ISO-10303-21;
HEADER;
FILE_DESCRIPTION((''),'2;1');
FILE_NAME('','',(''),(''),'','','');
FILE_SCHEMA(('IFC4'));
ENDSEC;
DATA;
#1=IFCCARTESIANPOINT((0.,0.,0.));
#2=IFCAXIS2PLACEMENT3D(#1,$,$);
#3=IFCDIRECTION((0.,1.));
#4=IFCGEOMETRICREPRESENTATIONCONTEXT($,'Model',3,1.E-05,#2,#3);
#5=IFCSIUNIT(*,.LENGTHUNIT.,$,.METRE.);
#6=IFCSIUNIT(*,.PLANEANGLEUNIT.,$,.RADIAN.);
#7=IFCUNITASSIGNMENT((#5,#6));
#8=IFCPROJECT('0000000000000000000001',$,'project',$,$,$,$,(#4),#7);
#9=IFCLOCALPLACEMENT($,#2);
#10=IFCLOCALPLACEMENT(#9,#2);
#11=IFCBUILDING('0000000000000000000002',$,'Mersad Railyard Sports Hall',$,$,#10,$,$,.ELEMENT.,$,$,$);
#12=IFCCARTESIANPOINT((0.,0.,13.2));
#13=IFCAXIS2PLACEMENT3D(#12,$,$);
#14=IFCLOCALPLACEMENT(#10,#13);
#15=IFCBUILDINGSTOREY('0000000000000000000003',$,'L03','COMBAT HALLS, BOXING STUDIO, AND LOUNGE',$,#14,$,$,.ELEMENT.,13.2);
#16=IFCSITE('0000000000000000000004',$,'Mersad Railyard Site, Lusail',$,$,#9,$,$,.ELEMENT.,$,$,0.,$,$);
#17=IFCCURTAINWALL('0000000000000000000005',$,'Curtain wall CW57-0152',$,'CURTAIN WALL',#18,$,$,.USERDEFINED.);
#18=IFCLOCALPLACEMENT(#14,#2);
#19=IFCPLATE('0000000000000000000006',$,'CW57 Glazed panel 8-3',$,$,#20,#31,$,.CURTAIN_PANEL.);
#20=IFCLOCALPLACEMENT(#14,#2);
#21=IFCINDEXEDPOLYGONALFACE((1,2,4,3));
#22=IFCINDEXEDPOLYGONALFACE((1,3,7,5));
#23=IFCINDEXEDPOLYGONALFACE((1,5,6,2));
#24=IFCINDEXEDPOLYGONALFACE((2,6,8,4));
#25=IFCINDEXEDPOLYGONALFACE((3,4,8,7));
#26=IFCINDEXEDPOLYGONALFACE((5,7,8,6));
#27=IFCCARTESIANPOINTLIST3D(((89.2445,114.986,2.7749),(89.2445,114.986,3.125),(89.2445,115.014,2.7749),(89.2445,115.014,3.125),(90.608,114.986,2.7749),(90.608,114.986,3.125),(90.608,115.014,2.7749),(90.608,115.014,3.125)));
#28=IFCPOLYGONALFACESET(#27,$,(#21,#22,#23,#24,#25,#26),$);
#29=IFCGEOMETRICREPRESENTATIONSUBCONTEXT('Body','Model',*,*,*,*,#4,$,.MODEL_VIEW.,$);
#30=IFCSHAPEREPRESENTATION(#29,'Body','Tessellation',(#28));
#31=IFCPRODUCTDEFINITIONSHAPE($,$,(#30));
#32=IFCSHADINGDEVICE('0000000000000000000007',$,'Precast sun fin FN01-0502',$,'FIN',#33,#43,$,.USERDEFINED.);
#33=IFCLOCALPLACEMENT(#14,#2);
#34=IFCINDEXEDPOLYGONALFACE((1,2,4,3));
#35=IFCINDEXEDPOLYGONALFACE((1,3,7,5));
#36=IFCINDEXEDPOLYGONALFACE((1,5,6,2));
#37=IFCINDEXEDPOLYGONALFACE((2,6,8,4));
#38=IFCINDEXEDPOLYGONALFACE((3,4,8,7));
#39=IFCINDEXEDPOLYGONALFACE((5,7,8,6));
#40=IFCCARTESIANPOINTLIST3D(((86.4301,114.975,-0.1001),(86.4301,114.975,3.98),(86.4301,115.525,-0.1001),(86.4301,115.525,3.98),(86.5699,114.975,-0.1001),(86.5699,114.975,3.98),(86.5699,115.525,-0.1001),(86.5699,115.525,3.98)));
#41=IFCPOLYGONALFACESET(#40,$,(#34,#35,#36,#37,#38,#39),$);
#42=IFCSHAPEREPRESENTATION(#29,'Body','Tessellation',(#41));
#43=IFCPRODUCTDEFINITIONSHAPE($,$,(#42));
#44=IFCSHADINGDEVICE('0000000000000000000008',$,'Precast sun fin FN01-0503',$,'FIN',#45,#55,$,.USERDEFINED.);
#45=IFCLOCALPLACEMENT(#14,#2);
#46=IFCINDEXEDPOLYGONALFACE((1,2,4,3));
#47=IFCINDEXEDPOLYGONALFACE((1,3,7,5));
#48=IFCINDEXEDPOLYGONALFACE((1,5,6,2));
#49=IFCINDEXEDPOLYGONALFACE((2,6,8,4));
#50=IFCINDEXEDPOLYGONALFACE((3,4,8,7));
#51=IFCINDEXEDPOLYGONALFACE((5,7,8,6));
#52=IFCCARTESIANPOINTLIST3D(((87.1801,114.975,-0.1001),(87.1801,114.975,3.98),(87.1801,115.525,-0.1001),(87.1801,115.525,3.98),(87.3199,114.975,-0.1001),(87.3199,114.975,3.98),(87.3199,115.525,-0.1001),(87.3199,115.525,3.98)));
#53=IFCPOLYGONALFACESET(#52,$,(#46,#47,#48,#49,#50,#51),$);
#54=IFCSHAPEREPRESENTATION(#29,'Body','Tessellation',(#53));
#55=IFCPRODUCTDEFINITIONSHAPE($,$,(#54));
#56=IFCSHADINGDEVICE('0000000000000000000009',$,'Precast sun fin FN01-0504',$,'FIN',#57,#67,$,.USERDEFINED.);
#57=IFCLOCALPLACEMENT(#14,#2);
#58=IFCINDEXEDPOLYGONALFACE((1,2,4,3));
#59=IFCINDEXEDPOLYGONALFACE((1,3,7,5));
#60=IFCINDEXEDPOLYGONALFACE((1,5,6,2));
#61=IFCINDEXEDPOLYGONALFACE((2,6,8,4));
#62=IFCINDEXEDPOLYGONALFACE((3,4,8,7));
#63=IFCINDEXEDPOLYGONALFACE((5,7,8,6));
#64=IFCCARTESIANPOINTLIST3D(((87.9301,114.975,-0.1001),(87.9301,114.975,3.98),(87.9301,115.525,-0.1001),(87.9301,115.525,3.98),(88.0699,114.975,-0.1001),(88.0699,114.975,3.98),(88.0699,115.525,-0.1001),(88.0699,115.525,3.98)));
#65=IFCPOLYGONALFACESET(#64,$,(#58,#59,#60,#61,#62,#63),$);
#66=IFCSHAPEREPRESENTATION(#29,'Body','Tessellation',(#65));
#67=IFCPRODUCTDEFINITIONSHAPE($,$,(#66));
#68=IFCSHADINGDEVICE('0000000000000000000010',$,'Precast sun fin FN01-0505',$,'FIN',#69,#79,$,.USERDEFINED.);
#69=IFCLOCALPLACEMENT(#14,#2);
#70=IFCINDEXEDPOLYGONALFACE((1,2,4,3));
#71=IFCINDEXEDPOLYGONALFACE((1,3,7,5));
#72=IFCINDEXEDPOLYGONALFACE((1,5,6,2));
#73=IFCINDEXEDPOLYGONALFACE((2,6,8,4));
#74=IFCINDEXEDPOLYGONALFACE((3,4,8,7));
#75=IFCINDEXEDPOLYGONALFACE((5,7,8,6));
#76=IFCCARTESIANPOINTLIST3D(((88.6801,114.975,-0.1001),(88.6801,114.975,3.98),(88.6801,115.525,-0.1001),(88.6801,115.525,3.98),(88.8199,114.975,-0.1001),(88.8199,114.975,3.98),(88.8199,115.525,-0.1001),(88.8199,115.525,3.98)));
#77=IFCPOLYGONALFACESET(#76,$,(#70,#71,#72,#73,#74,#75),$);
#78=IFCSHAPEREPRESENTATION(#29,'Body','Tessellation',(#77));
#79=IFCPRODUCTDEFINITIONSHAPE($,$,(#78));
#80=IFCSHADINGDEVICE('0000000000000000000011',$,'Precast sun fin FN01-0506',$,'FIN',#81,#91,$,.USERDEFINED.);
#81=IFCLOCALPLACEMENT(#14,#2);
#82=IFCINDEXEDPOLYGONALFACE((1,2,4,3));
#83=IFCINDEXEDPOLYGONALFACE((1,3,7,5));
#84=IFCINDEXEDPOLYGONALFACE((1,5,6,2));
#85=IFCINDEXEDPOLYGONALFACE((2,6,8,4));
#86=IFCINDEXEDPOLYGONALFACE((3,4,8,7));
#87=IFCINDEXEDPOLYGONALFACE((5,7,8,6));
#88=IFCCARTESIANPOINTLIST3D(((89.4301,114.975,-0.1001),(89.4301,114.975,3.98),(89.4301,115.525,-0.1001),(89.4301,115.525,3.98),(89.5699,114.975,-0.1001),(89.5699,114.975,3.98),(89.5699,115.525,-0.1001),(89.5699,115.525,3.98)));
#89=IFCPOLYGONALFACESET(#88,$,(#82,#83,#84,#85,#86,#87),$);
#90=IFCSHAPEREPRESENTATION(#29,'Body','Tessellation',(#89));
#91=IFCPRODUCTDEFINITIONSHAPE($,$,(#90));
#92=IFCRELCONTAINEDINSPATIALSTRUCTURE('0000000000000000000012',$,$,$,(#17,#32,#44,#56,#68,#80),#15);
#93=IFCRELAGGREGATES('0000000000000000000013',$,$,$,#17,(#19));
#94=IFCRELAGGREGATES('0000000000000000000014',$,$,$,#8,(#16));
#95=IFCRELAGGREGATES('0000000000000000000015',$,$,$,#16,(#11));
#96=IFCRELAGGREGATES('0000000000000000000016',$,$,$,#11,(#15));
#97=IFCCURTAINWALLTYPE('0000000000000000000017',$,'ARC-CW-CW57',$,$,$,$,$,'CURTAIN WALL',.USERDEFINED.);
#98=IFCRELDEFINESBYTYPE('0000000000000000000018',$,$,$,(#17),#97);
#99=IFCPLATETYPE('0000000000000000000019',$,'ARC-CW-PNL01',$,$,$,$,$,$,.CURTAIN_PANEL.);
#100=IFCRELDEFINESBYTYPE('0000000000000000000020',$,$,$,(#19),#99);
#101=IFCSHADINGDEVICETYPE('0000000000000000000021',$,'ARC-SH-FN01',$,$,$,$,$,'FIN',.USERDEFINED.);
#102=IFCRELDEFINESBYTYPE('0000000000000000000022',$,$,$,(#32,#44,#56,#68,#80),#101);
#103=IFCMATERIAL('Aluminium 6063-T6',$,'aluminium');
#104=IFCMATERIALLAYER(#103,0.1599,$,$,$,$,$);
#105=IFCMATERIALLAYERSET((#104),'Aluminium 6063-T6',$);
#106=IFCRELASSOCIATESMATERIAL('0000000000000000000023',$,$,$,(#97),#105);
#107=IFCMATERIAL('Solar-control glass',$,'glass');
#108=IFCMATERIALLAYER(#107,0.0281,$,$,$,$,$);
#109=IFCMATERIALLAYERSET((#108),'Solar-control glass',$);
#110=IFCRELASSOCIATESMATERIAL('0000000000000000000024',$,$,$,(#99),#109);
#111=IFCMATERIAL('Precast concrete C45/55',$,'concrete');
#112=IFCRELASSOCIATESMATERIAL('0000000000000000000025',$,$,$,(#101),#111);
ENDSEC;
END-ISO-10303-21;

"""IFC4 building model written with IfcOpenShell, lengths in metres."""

from ifc_helpers import new_model, si_unit, direction, frame, origin, origin_2d, place, context, subcontext, project, spatial, rectangle, extrude, material, layer, layer_set, type_object, element, aggregate, save


model = new_model("IFC4")

# Units and contexts
model_context = context("Model", 3, precision=1e-05, world=origin(), true_north=direction((0.0, 1.0)))
body_context = subcontext(model_context, "Body", "Model", "MODEL_VIEW")
ifc_project = project(units=[si_unit("LENGTHUNIT", "METRE"), si_unit("PLANEANGLEUNIT", "RADIAN")], contexts=[model_context])

# Site, building, storey
site_placement = place(None, origin())
site = spatial("IfcSite", under=ifc_project, at=site_placement, Name="Mersad Railyard Site, Lusail", CompositionType="ELEMENT", RefElevation=0.0)
building_placement = place(site_placement, origin())
building = spatial("IfcBuilding", under=site, at=building_placement, Name="Mersad Railyard Sports Hall", CompositionType="ELEMENT")
storey_placement = place(building_placement, frame((0.0, 0.0, 13.2)))
storey = spatial("IfcBuildingStorey", under=building, at=storey_placement, Name="L03", Description="COMBAT HALLS, BOXING STUDIO, AND LOUNGE", CompositionType="ELEMENT", Elevation=13.2)

# Curtain wall, plate
ifc_material_1 = material(Name="Aluminium 6063-T6", Category="aluminium")
ifc_layer_1 = layer(ifc_material_1, 0.1599)
ifc_layer_set_1 = layer_set([ifc_layer_1], Name="Aluminium 6063-T6")
curtain_wall_type = type_object("IfcCurtainWallType", Name="ARC-CW-CW57", ElementType="CURTAIN WALL", PredefinedType="USERDEFINED", material=ifc_layer_set_1)
curtain_wall_placement = place(storey_placement, origin())
curtain_wall = element("IfcCurtainWall", 1, at=curtain_wall_placement, inside=storey, type_object=curtain_wall_type, Name="Curtain wall CW57-0152", ObjectType="CURTAIN WALL", PredefinedType="USERDEFINED")
ifc_material_2 = material(Name="Solar-control glass", Category="glass")
ifc_layer_2 = layer(ifc_material_2, 0.0281)
ifc_layer_set_2 = layer_set([ifc_layer_2], Name="Solar-control glass")
plate_type = type_object("IfcPlateType", Name="ARC-CW-PNL01", PredefinedType="CURTAIN_PANEL", material=ifc_layer_set_2)
plate_1_placement = place(storey_placement, frame((89.9263, 115.0, 2.7749), z_axis=(0.0, 0.0, 1.0), x_axis=(1.0, 0.0, 0.0)))
plate_1 = element("IfcPlate", 2, at=plate_1_placement, type_object=plate_type, Name="CW57 Glazed panel 8-3", PredefinedType="CURTAIN_PANEL", context=body_context, shape_type="SweptSolid", body=[
    extrude(rectangle(XDim=1.3635, YDim=0.0281, at=origin_2d()), origin(), (0.0, 0.0, 1.0), 0.3501),
])
aggregate(curtain_wall, [plate_1])

# Shading devices
ifc_material_3 = material(Name="Precast concrete C45/55", Category="concrete")
shading_device_type = type_object("IfcShadingDeviceType", Name="ARC-SH-FN01", ElementType="FIN", PredefinedType="USERDEFINED", material=ifc_material_3)
for number, where, z_axis, x_axis, name in (
    (3, (86.5, 115.25, -0.1001), (0.0, 0.0, 1.0), (1.0, 0.0, 0.0), "Precast sun fin FN01-0502"),
    (4, (87.25, 115.25, -0.1001), (0.0, 0.0, 1.0), (1.0, 0.0, 0.0), "Precast sun fin FN01-0503"),
    (5, (88.0, 115.25, -0.1001), (0.0, 0.0, 1.0), (1.0, 0.0, 0.0), "Precast sun fin FN01-0504"),
    (6, (88.75, 115.25, -0.1001), (0.0, 0.0, 1.0), (1.0, 0.0, 0.0), "Precast sun fin FN01-0505"),
    (7, (89.5, 115.25, -0.1001), (0.0, 0.0, 1.0), (1.0, 0.0, 0.0), "Precast sun fin FN01-0506"),
):
    element("IfcShadingDevice", number, at=place(storey_placement, frame(where, z_axis=z_axis, x_axis=x_axis)), inside=storey, type_object=shading_device_type, Name=name, ObjectType="FIN", PredefinedType="USERDEFINED", context=body_context, shape_type="SweptSolid", body=[
        extrude(rectangle(XDim=0.1399, YDim=0.55, at=origin_2d()), origin(), (0.0, 0.0, 1.0), 4.0801),
    ])

save(model, "model.ifc")
